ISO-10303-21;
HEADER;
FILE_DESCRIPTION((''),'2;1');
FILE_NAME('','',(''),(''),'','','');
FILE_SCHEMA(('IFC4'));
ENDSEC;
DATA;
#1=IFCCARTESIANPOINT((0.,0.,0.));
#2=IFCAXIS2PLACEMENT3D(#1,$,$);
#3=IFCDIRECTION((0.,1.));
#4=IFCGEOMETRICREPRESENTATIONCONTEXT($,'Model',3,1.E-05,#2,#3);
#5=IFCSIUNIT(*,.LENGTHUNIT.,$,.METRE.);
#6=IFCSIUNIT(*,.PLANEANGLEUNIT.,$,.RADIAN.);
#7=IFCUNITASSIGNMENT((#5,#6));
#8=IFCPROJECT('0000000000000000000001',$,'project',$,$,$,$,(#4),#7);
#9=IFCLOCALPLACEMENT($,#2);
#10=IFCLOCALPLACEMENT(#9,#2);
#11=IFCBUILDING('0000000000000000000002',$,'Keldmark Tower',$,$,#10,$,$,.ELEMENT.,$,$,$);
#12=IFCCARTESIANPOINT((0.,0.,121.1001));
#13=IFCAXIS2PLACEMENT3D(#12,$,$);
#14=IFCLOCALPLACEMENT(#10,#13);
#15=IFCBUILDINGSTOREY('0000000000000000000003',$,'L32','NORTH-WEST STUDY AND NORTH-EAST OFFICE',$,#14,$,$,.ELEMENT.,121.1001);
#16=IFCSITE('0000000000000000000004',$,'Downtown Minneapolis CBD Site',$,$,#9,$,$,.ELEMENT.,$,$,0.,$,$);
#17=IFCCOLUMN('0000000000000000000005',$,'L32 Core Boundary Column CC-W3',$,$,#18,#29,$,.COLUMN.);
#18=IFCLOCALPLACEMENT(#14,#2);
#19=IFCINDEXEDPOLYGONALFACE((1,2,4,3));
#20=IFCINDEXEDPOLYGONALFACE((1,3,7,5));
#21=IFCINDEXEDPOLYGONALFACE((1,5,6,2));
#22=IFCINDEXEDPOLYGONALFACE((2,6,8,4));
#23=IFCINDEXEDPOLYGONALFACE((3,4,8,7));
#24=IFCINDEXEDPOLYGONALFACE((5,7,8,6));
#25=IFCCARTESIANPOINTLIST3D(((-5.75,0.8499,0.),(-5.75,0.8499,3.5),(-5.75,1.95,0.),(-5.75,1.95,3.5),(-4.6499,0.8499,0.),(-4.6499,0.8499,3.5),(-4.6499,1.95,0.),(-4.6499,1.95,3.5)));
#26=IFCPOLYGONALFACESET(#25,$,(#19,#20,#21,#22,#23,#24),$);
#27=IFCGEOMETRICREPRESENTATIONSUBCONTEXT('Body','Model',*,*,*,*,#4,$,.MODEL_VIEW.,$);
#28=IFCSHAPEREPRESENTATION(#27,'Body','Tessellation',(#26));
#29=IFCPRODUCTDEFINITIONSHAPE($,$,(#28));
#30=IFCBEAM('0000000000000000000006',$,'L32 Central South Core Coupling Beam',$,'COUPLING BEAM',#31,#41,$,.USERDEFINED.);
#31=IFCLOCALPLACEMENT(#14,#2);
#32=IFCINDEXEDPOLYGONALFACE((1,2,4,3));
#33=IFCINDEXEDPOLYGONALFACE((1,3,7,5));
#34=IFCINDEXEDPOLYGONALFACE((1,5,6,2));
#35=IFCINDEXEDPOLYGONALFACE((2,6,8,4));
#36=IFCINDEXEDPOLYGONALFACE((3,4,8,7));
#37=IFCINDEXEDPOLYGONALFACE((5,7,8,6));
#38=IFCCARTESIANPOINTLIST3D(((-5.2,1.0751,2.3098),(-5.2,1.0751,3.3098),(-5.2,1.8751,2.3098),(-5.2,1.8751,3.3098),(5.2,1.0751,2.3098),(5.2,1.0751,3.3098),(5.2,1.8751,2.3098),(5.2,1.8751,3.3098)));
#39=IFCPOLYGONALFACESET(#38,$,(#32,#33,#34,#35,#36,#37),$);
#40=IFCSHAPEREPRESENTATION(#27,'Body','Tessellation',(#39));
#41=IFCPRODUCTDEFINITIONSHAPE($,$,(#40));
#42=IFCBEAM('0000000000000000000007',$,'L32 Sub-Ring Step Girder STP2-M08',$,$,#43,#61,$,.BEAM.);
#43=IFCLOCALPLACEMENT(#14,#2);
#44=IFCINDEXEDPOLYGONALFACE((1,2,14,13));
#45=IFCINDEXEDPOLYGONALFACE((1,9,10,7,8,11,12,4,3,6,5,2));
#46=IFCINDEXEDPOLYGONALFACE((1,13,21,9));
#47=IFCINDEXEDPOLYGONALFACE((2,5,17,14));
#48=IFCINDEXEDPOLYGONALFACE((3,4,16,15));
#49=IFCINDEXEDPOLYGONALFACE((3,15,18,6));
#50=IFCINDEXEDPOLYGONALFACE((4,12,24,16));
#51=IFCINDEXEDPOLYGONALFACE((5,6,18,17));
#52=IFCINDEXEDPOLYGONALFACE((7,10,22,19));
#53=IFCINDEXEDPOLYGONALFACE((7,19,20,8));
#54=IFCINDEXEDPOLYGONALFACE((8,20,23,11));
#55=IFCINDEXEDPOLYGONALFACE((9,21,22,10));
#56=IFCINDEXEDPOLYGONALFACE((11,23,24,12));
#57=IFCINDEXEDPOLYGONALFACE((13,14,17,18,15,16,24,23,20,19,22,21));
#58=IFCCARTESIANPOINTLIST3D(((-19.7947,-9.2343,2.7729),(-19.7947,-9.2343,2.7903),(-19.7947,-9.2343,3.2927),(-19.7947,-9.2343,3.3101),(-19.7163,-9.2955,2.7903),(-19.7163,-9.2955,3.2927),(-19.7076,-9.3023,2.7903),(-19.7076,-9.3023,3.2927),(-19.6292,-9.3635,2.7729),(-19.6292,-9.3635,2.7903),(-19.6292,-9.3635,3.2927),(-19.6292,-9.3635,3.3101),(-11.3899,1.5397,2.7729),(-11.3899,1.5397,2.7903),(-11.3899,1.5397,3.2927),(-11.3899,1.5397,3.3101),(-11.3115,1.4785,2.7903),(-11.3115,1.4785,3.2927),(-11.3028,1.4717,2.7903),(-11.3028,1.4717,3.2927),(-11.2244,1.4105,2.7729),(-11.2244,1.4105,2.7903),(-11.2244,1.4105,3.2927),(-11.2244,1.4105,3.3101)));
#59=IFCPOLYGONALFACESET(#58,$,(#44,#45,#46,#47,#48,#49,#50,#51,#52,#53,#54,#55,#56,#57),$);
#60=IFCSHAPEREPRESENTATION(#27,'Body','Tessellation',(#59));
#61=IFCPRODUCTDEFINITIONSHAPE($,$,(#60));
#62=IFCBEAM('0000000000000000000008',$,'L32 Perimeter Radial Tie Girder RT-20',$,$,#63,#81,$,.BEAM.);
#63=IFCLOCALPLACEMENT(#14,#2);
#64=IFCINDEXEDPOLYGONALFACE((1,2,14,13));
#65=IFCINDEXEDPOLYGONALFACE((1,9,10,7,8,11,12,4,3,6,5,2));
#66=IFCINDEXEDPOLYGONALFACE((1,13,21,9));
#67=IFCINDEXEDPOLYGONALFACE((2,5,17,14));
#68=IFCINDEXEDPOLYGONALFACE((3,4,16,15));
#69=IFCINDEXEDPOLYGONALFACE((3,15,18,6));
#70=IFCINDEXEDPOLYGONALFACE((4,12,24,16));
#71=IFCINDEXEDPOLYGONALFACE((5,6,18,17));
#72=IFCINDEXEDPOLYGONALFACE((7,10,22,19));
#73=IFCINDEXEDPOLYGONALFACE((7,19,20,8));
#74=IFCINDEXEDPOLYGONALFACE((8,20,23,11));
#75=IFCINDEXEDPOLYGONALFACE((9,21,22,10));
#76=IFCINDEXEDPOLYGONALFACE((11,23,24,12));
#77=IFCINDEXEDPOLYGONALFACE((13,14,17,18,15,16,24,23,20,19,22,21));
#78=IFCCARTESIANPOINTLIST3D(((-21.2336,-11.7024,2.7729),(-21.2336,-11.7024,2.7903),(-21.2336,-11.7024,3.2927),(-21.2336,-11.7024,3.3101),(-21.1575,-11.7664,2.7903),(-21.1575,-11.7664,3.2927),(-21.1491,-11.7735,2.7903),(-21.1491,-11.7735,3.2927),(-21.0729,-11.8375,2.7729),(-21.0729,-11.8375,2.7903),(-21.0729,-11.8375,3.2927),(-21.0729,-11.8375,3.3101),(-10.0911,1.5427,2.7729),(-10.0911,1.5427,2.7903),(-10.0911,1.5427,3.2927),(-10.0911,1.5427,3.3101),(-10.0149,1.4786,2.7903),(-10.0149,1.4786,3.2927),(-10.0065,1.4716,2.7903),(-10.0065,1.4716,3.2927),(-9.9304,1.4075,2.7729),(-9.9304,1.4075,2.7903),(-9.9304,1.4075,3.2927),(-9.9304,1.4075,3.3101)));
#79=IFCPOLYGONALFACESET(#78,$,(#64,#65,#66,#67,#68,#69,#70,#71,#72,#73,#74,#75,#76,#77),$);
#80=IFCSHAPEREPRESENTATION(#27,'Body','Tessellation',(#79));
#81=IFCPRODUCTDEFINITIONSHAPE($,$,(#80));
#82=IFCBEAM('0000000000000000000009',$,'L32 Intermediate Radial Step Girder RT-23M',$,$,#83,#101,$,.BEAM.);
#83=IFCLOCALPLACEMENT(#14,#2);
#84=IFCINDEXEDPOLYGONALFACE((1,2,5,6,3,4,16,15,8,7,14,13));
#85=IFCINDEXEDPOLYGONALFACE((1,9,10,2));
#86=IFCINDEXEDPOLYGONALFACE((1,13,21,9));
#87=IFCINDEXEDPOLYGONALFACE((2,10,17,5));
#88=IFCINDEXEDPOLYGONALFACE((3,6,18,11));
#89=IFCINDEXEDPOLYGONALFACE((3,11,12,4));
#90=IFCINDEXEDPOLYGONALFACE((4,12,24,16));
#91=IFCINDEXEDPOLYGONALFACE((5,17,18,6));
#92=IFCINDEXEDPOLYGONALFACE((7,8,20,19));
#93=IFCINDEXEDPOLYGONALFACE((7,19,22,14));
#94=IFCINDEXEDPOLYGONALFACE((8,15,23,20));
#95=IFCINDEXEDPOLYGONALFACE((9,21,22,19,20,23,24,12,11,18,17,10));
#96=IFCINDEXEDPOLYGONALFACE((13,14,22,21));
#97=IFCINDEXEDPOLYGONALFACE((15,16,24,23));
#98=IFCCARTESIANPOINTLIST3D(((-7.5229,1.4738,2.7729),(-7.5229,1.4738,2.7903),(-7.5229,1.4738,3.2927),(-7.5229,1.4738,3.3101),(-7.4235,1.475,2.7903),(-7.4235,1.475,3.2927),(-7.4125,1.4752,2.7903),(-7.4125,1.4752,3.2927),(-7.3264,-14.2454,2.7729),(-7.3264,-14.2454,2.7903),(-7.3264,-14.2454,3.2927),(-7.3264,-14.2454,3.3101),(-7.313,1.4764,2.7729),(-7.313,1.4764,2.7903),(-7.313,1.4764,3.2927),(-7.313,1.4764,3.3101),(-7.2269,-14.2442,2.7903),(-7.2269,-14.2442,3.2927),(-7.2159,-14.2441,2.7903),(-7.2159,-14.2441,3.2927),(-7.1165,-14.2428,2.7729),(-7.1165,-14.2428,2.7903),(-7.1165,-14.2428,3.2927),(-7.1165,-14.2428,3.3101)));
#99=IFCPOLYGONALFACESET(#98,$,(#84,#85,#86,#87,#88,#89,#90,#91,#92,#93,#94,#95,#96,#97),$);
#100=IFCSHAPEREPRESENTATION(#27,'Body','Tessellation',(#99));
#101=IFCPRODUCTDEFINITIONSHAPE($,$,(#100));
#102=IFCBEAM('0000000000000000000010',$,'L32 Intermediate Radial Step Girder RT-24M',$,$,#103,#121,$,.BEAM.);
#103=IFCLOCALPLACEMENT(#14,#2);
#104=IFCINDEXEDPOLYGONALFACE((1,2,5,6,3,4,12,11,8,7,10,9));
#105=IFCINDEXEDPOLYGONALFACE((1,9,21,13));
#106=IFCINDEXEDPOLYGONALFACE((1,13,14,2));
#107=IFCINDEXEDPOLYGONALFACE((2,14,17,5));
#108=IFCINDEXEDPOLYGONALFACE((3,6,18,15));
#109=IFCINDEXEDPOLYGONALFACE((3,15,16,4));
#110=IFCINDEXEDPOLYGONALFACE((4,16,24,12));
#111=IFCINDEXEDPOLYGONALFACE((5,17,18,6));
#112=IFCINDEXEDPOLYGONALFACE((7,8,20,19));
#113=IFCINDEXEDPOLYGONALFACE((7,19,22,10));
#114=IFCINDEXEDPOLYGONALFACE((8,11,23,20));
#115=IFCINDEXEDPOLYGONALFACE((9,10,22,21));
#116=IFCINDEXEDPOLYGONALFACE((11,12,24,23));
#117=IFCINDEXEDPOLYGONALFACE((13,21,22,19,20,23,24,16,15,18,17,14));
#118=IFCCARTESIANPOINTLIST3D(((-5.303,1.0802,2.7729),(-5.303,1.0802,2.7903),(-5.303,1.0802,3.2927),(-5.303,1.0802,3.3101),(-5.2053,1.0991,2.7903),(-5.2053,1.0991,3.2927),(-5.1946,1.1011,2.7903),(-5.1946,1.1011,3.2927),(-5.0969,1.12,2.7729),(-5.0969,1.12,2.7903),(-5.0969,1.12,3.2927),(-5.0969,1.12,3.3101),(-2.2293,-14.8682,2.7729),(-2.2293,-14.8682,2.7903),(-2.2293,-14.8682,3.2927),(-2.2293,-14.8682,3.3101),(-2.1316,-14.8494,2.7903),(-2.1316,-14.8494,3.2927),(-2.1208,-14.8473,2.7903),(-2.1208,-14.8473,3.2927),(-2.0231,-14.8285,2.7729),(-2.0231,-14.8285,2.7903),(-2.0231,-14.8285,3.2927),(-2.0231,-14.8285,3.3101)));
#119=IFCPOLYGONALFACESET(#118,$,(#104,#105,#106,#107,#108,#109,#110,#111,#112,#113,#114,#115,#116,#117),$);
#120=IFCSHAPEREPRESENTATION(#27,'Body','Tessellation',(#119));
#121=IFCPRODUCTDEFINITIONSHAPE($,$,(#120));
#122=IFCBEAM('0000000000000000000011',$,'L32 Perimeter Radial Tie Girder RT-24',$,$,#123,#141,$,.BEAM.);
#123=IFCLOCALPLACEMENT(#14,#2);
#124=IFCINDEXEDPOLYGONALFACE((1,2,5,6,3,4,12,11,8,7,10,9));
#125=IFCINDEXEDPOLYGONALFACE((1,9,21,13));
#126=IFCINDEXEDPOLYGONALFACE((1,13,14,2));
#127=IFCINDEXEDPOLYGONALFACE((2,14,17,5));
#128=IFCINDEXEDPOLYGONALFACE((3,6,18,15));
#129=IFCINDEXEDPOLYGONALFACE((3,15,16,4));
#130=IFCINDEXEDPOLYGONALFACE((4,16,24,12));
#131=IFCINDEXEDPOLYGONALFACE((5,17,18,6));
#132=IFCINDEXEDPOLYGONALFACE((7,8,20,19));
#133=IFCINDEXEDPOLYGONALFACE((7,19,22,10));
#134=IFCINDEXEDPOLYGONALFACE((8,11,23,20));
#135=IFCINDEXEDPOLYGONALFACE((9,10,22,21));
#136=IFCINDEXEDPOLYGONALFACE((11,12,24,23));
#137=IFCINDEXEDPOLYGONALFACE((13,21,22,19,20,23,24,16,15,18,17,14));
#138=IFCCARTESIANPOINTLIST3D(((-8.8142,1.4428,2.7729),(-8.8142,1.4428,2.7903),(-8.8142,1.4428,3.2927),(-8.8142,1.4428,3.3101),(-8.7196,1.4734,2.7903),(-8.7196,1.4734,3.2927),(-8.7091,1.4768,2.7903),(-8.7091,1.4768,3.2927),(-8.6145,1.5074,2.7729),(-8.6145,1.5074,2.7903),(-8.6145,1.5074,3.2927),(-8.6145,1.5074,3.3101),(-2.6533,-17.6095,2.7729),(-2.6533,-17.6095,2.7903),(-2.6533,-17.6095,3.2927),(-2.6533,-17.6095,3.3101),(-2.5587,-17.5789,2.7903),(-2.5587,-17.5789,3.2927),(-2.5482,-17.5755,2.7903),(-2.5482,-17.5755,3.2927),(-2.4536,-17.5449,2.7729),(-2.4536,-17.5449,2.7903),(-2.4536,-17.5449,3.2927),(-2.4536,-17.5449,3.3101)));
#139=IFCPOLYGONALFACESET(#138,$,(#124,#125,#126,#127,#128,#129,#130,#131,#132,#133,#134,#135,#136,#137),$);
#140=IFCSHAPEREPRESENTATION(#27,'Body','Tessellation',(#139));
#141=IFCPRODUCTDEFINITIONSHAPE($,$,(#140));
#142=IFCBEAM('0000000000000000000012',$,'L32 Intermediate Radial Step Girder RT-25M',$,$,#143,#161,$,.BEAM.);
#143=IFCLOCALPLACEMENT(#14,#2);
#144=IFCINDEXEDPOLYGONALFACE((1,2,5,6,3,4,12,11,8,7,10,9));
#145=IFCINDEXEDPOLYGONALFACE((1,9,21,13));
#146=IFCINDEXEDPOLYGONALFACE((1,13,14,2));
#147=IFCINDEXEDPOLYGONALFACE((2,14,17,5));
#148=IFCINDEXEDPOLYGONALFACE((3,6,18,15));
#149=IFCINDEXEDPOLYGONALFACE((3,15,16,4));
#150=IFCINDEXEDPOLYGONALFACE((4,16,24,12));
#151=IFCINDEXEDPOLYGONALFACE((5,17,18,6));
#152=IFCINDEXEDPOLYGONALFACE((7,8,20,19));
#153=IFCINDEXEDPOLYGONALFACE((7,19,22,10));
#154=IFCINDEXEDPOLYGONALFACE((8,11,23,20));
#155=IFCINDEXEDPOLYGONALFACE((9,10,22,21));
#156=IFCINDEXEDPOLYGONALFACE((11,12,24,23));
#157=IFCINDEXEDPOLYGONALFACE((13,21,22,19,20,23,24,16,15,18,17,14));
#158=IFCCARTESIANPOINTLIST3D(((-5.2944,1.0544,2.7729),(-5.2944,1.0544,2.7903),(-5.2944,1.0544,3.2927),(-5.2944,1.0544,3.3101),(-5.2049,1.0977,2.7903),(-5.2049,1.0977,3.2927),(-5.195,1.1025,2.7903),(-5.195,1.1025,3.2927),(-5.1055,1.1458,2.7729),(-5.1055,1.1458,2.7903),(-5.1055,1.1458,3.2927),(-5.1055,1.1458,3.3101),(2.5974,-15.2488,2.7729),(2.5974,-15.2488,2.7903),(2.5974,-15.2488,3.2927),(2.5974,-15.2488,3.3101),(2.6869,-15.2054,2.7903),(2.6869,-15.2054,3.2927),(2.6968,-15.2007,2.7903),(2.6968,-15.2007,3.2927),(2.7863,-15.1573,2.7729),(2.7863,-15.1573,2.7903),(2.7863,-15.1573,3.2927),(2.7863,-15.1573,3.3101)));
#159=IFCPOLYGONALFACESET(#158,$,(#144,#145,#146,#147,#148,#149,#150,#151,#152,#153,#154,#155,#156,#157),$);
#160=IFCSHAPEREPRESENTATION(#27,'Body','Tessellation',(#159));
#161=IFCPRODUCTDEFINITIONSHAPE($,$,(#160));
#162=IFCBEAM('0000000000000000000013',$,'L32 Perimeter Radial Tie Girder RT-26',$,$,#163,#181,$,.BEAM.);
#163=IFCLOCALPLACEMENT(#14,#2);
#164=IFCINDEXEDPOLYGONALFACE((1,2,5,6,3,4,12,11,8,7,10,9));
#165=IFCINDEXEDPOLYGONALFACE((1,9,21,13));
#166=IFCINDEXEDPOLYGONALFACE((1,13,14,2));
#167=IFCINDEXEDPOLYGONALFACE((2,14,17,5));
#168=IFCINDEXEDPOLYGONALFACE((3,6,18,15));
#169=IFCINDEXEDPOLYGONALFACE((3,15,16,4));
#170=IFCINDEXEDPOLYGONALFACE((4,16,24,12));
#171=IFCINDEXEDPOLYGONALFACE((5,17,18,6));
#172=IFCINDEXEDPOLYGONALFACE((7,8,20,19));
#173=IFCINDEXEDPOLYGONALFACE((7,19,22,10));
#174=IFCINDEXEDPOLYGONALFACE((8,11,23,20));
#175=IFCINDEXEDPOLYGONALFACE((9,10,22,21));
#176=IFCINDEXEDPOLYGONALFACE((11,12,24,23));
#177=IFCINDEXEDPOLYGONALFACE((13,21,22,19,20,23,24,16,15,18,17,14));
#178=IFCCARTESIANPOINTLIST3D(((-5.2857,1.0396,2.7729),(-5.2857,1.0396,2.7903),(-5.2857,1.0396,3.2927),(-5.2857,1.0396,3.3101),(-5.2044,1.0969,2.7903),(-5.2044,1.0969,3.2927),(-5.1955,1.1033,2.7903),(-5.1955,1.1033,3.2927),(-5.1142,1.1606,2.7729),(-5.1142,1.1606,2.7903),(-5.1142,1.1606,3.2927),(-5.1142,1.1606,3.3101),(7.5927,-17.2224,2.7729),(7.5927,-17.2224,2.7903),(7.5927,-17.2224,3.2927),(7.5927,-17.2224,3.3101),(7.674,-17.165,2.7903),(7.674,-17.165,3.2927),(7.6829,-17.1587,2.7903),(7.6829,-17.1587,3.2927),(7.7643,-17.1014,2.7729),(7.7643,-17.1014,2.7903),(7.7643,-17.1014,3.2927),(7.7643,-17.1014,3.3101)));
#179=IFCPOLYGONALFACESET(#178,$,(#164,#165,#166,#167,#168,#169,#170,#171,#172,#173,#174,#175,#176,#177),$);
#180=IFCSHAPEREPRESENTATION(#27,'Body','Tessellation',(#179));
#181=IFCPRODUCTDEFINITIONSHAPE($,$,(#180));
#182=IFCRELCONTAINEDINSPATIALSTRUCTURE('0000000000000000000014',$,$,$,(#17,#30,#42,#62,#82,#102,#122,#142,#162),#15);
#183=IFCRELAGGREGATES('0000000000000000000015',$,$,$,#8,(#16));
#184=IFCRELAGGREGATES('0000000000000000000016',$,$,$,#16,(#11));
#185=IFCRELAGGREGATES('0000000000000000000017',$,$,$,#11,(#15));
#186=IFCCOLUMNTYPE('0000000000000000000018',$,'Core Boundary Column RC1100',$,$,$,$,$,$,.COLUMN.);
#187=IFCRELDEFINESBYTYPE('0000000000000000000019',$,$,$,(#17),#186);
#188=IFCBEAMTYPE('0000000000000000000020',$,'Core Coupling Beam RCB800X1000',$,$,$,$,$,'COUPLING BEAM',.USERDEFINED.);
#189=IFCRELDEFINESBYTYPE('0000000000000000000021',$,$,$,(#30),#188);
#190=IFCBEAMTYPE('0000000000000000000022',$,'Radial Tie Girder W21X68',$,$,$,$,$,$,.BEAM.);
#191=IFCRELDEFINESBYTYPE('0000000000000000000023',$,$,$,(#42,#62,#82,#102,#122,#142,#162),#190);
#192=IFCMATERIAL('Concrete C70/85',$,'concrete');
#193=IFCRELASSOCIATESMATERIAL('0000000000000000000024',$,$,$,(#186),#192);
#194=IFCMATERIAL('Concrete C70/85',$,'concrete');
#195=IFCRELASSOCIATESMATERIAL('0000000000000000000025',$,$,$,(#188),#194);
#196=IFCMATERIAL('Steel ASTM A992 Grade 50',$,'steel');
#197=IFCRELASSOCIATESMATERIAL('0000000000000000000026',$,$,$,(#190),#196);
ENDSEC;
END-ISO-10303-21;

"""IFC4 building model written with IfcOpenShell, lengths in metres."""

from ifc_helpers import new_model, si_unit, direction, frame, origin, origin_2d, place, context, subcontext, project, spatial, rectangle, i_section, extrude, material, material_profile, profile_set, type_object, element, save


model = new_model("IFC4")

# Units and contexts
model_context = context("Model", 3, precision=1e-05, world=origin(), true_north=direction((0.0, 1.0)))
body_context = subcontext(model_context, "Body", "Model", "MODEL_VIEW")
ifc_project = project(units=[si_unit("LENGTHUNIT", "METRE"), si_unit("PLANEANGLEUNIT", "RADIAN")], contexts=[model_context])

# Site, building, storey
site_placement = place(None, origin())
site = spatial("IfcSite", under=ifc_project, at=site_placement, Name="Downtown Minneapolis CBD Site", CompositionType="ELEMENT", RefElevation=0.0)
building_placement = place(site_placement, origin())
building = spatial("IfcBuilding", under=site, at=building_placement, Name="Keldmark Tower", CompositionType="ELEMENT")
storey_placement = place(building_placement, frame((0.0, 0.0, 121.1001)))
storey = spatial("IfcBuildingStorey", under=building, at=storey_placement, Name="L32", Description="NORTH-WEST STUDY AND NORTH-EAST OFFICE", CompositionType="ELEMENT", Elevation=121.1001)

# Column
ifc_material_1 = material(Name="Concrete C70/85", Category="concrete")
ifc_material_profile_1 = material_profile(ifc_material_1, rectangle(XDim=1.1001, YDim=1.1001, at=origin_2d()), Name="RC1100X1100")
ifc_profile_set_1 = profile_set([ifc_material_profile_1], Name="Concrete C70/85")
column_type = type_object("IfcColumnType", Name="Core Boundary Column RC1100", PredefinedType="COLUMN", material=ifc_profile_set_1)
column_placement = place(storey_placement, frame((-5.2, 1.3999, 0.0), z_axis=(0.0, 0.0, 1.0), x_axis=(1.0, 0.0, 0.0)))
element("IfcColumn", 1, at=column_placement, inside=storey, type_object=column_type, Name="L32 Core Boundary Column CC-W3", PredefinedType="COLUMN", context=body_context, shape_type="SweptSolid", body=[
    extrude(rectangle(XDim=1.1001, YDim=1.1001, at=origin_2d()), origin(), (0.0, 0.0, 1.0), 3.5),
])

# Beams
ifc_material_2 = material(Name="Concrete C70/85", Category="concrete")
ifc_material_profile_2 = material_profile(ifc_material_2, rectangle(XDim=0.8, YDim=1.0, at=origin_2d()), Name="RCB800X1000")
ifc_profile_set_2 = profile_set([ifc_material_profile_2], Name="Concrete C70/85")
beam_type_1 = type_object("IfcBeamType", Name="Core Coupling Beam RCB800X1000", ElementType="COUPLING BEAM", PredefinedType="USERDEFINED", material=ifc_profile_set_2)
beam_1_placement = place(storey_placement, frame((-5.2, 1.4751, 2.8098), z_axis=(1.0, 0.0, 0.0), x_axis=(0.0, 1.0, 0.0)))
element("IfcBeam", 2, at=beam_1_placement, inside=storey, type_object=beam_type_1, Name="L32 Central South Core Coupling Beam", ObjectType="COUPLING BEAM", PredefinedType="USERDEFINED", context=body_context, shape_type="SweptSolid", body=[
    extrude(rectangle(XDim=0.8, YDim=1.0, at=origin_2d()), origin(), (0.0, 0.0, 1.0), 10.3999),
])
ifc_material_3 = material(Name="Steel ASTM A992 Grade 50", Category="steel")
ifc_material_profile_3 = material_profile(ifc_material_3, i_section(OverallWidth=0.21, OverallDepth=0.5371, WebThickness=0.011, FlangeThickness=0.0173, at=origin_2d()), Name="W21X68")
ifc_profile_set_3 = profile_set([ifc_material_profile_3], Name="Steel ASTM A992 Grade 50")
beam_type_2 = type_object("IfcBeamType", Name="Radial Tie Girder W21X68", PredefinedType="BEAM", material=ifc_profile_set_3)
beam_2_placement = place(storey_placement, frame((-11.3071, 1.4751, 3.0415), z_axis=(-0.615083, -0.788462, 0.0), x_axis=(0.788462, -0.615083, 0.0)))
element("IfcBeam", 3, at=beam_2_placement, inside=storey, type_object=beam_type_2, Name="L32 Sub-Ring Step Girder STP2-M08", PredefinedType="BEAM", context=body_context, shape_type="SweptSolid", body=[
    extrude(i_section(OverallWidth=0.21, OverallDepth=0.5371, WebThickness=0.011, FlangeThickness=0.0173, at=origin_2d()), origin(), (0.0, 0.0, 1.0), 13.6646),
])
beam_3_placement = place(storey_placement, frame((-10.0107, 1.4751, 3.0415), z_axis=(-0.643757, -0.76523, 0.0), x_axis=(0.76523, -0.643757, 0.0)))
element("IfcBeam", 4, at=beam_3_placement, inside=storey, type_object=beam_type_2, Name="L32 Perimeter Radial Tie Girder RT-20", PredefinedType="BEAM", context=body_context, shape_type="SweptSolid", body=[
    extrude(i_section(OverallWidth=0.21, OverallDepth=0.5371, WebThickness=0.011, FlangeThickness=0.0173, at=origin_2d()), origin(), (0.0, 0.0, 1.0), 17.3086),
])
beam_4_placement = place(storey_placement, frame((-7.418, 1.4751, 3.0415), z_axis=(0.012502, -0.999922, 0.0), x_axis=(0.999922, 0.012502, 0.0)))
element("IfcBeam", 5, at=beam_4_placement, inside=storey, type_object=beam_type_2, Name="L32 Intermediate Radial Step Girder RT-23M", PredefinedType="BEAM", context=body_context, shape_type="SweptSolid", body=[
    extrude(i_section(OverallWidth=0.21, OverallDepth=0.5371, WebThickness=0.011, FlangeThickness=0.0173, at=origin_2d()), origin(), (0.0, 0.0, 1.0), 15.7205),
])
beam_5_placement = place(storey_placement, frame((-5.2, 1.1001, 3.0415), z_axis=(0.189246, -0.98193, 0.0), x_axis=(0.98193, 0.189246, 0.0)))
element("IfcBeam", 6, at=beam_5_placement, inside=storey, type_object=beam_type_2, Name="L32 Intermediate Radial Step Girder RT-24M", PredefinedType="BEAM", context=body_context, shape_type="SweptSolid", body=[
    extrude(i_section(OverallWidth=0.21, OverallDepth=0.5371, WebThickness=0.011, FlangeThickness=0.0173, at=origin_2d()), origin(), (0.0, 0.0, 1.0), 16.2419),
])
beam_6_placement = place(storey_placement, frame((-8.7144, 1.4751, 3.0415), z_axis=(0.307681, -0.951489, 0.0), x_axis=(0.951489, 0.307681, 0.0)))
element("IfcBeam", 7, at=beam_6_placement, inside=storey, type_object=beam_type_2, Name="L32 Perimeter Radial Tie Girder RT-24", PredefinedType="BEAM", context=body_context, shape_type="SweptSolid", body=[
    extrude(i_section(OverallWidth=0.21, OverallDepth=0.5371, WebThickness=0.011, FlangeThickness=0.0173, at=origin_2d()), origin(), (0.0, 0.0, 1.0), 20.0237),
])
beam_7_placement = place(storey_placement, frame((-5.2, 1.1001, 3.0415), z_axis=(0.435704, -0.90009, 0.0), x_axis=(0.90009, 0.435704, 0.0)))
element("IfcBeam", 8, at=beam_7_placement, inside=storey, type_object=beam_type_2, Name="L32 Intermediate Radial Step Girder RT-25M", PredefinedType="BEAM", context=body_context, shape_type="SweptSolid", body=[
    extrude(i_section(OverallWidth=0.21, OverallDepth=0.5371, WebThickness=0.011, FlangeThickness=0.0173, at=origin_2d()), origin(), (0.0, 0.0, 1.0), 18.1128),
])
beam_8_placement = place(storey_placement, frame((-5.2, 1.1001, 3.0415), z_axis=(0.576313, -0.817229, 0.0), x_axis=(0.817229, 0.576313, 0.0)))
element("IfcBeam", 9, at=beam_8_placement, inside=storey, type_object=beam_type_2, Name="L32 Perimeter Radial Tie Girder RT-26", PredefinedType="BEAM", context=body_context, shape_type="SweptSolid", body=[
    extrude(i_section(OverallWidth=0.21, OverallDepth=0.5371, WebThickness=0.011, FlangeThickness=0.0173, at=origin_2d()), origin(), (0.0, 0.0, 1.0), 22.3462),
])

save(model, "model.ifc")
